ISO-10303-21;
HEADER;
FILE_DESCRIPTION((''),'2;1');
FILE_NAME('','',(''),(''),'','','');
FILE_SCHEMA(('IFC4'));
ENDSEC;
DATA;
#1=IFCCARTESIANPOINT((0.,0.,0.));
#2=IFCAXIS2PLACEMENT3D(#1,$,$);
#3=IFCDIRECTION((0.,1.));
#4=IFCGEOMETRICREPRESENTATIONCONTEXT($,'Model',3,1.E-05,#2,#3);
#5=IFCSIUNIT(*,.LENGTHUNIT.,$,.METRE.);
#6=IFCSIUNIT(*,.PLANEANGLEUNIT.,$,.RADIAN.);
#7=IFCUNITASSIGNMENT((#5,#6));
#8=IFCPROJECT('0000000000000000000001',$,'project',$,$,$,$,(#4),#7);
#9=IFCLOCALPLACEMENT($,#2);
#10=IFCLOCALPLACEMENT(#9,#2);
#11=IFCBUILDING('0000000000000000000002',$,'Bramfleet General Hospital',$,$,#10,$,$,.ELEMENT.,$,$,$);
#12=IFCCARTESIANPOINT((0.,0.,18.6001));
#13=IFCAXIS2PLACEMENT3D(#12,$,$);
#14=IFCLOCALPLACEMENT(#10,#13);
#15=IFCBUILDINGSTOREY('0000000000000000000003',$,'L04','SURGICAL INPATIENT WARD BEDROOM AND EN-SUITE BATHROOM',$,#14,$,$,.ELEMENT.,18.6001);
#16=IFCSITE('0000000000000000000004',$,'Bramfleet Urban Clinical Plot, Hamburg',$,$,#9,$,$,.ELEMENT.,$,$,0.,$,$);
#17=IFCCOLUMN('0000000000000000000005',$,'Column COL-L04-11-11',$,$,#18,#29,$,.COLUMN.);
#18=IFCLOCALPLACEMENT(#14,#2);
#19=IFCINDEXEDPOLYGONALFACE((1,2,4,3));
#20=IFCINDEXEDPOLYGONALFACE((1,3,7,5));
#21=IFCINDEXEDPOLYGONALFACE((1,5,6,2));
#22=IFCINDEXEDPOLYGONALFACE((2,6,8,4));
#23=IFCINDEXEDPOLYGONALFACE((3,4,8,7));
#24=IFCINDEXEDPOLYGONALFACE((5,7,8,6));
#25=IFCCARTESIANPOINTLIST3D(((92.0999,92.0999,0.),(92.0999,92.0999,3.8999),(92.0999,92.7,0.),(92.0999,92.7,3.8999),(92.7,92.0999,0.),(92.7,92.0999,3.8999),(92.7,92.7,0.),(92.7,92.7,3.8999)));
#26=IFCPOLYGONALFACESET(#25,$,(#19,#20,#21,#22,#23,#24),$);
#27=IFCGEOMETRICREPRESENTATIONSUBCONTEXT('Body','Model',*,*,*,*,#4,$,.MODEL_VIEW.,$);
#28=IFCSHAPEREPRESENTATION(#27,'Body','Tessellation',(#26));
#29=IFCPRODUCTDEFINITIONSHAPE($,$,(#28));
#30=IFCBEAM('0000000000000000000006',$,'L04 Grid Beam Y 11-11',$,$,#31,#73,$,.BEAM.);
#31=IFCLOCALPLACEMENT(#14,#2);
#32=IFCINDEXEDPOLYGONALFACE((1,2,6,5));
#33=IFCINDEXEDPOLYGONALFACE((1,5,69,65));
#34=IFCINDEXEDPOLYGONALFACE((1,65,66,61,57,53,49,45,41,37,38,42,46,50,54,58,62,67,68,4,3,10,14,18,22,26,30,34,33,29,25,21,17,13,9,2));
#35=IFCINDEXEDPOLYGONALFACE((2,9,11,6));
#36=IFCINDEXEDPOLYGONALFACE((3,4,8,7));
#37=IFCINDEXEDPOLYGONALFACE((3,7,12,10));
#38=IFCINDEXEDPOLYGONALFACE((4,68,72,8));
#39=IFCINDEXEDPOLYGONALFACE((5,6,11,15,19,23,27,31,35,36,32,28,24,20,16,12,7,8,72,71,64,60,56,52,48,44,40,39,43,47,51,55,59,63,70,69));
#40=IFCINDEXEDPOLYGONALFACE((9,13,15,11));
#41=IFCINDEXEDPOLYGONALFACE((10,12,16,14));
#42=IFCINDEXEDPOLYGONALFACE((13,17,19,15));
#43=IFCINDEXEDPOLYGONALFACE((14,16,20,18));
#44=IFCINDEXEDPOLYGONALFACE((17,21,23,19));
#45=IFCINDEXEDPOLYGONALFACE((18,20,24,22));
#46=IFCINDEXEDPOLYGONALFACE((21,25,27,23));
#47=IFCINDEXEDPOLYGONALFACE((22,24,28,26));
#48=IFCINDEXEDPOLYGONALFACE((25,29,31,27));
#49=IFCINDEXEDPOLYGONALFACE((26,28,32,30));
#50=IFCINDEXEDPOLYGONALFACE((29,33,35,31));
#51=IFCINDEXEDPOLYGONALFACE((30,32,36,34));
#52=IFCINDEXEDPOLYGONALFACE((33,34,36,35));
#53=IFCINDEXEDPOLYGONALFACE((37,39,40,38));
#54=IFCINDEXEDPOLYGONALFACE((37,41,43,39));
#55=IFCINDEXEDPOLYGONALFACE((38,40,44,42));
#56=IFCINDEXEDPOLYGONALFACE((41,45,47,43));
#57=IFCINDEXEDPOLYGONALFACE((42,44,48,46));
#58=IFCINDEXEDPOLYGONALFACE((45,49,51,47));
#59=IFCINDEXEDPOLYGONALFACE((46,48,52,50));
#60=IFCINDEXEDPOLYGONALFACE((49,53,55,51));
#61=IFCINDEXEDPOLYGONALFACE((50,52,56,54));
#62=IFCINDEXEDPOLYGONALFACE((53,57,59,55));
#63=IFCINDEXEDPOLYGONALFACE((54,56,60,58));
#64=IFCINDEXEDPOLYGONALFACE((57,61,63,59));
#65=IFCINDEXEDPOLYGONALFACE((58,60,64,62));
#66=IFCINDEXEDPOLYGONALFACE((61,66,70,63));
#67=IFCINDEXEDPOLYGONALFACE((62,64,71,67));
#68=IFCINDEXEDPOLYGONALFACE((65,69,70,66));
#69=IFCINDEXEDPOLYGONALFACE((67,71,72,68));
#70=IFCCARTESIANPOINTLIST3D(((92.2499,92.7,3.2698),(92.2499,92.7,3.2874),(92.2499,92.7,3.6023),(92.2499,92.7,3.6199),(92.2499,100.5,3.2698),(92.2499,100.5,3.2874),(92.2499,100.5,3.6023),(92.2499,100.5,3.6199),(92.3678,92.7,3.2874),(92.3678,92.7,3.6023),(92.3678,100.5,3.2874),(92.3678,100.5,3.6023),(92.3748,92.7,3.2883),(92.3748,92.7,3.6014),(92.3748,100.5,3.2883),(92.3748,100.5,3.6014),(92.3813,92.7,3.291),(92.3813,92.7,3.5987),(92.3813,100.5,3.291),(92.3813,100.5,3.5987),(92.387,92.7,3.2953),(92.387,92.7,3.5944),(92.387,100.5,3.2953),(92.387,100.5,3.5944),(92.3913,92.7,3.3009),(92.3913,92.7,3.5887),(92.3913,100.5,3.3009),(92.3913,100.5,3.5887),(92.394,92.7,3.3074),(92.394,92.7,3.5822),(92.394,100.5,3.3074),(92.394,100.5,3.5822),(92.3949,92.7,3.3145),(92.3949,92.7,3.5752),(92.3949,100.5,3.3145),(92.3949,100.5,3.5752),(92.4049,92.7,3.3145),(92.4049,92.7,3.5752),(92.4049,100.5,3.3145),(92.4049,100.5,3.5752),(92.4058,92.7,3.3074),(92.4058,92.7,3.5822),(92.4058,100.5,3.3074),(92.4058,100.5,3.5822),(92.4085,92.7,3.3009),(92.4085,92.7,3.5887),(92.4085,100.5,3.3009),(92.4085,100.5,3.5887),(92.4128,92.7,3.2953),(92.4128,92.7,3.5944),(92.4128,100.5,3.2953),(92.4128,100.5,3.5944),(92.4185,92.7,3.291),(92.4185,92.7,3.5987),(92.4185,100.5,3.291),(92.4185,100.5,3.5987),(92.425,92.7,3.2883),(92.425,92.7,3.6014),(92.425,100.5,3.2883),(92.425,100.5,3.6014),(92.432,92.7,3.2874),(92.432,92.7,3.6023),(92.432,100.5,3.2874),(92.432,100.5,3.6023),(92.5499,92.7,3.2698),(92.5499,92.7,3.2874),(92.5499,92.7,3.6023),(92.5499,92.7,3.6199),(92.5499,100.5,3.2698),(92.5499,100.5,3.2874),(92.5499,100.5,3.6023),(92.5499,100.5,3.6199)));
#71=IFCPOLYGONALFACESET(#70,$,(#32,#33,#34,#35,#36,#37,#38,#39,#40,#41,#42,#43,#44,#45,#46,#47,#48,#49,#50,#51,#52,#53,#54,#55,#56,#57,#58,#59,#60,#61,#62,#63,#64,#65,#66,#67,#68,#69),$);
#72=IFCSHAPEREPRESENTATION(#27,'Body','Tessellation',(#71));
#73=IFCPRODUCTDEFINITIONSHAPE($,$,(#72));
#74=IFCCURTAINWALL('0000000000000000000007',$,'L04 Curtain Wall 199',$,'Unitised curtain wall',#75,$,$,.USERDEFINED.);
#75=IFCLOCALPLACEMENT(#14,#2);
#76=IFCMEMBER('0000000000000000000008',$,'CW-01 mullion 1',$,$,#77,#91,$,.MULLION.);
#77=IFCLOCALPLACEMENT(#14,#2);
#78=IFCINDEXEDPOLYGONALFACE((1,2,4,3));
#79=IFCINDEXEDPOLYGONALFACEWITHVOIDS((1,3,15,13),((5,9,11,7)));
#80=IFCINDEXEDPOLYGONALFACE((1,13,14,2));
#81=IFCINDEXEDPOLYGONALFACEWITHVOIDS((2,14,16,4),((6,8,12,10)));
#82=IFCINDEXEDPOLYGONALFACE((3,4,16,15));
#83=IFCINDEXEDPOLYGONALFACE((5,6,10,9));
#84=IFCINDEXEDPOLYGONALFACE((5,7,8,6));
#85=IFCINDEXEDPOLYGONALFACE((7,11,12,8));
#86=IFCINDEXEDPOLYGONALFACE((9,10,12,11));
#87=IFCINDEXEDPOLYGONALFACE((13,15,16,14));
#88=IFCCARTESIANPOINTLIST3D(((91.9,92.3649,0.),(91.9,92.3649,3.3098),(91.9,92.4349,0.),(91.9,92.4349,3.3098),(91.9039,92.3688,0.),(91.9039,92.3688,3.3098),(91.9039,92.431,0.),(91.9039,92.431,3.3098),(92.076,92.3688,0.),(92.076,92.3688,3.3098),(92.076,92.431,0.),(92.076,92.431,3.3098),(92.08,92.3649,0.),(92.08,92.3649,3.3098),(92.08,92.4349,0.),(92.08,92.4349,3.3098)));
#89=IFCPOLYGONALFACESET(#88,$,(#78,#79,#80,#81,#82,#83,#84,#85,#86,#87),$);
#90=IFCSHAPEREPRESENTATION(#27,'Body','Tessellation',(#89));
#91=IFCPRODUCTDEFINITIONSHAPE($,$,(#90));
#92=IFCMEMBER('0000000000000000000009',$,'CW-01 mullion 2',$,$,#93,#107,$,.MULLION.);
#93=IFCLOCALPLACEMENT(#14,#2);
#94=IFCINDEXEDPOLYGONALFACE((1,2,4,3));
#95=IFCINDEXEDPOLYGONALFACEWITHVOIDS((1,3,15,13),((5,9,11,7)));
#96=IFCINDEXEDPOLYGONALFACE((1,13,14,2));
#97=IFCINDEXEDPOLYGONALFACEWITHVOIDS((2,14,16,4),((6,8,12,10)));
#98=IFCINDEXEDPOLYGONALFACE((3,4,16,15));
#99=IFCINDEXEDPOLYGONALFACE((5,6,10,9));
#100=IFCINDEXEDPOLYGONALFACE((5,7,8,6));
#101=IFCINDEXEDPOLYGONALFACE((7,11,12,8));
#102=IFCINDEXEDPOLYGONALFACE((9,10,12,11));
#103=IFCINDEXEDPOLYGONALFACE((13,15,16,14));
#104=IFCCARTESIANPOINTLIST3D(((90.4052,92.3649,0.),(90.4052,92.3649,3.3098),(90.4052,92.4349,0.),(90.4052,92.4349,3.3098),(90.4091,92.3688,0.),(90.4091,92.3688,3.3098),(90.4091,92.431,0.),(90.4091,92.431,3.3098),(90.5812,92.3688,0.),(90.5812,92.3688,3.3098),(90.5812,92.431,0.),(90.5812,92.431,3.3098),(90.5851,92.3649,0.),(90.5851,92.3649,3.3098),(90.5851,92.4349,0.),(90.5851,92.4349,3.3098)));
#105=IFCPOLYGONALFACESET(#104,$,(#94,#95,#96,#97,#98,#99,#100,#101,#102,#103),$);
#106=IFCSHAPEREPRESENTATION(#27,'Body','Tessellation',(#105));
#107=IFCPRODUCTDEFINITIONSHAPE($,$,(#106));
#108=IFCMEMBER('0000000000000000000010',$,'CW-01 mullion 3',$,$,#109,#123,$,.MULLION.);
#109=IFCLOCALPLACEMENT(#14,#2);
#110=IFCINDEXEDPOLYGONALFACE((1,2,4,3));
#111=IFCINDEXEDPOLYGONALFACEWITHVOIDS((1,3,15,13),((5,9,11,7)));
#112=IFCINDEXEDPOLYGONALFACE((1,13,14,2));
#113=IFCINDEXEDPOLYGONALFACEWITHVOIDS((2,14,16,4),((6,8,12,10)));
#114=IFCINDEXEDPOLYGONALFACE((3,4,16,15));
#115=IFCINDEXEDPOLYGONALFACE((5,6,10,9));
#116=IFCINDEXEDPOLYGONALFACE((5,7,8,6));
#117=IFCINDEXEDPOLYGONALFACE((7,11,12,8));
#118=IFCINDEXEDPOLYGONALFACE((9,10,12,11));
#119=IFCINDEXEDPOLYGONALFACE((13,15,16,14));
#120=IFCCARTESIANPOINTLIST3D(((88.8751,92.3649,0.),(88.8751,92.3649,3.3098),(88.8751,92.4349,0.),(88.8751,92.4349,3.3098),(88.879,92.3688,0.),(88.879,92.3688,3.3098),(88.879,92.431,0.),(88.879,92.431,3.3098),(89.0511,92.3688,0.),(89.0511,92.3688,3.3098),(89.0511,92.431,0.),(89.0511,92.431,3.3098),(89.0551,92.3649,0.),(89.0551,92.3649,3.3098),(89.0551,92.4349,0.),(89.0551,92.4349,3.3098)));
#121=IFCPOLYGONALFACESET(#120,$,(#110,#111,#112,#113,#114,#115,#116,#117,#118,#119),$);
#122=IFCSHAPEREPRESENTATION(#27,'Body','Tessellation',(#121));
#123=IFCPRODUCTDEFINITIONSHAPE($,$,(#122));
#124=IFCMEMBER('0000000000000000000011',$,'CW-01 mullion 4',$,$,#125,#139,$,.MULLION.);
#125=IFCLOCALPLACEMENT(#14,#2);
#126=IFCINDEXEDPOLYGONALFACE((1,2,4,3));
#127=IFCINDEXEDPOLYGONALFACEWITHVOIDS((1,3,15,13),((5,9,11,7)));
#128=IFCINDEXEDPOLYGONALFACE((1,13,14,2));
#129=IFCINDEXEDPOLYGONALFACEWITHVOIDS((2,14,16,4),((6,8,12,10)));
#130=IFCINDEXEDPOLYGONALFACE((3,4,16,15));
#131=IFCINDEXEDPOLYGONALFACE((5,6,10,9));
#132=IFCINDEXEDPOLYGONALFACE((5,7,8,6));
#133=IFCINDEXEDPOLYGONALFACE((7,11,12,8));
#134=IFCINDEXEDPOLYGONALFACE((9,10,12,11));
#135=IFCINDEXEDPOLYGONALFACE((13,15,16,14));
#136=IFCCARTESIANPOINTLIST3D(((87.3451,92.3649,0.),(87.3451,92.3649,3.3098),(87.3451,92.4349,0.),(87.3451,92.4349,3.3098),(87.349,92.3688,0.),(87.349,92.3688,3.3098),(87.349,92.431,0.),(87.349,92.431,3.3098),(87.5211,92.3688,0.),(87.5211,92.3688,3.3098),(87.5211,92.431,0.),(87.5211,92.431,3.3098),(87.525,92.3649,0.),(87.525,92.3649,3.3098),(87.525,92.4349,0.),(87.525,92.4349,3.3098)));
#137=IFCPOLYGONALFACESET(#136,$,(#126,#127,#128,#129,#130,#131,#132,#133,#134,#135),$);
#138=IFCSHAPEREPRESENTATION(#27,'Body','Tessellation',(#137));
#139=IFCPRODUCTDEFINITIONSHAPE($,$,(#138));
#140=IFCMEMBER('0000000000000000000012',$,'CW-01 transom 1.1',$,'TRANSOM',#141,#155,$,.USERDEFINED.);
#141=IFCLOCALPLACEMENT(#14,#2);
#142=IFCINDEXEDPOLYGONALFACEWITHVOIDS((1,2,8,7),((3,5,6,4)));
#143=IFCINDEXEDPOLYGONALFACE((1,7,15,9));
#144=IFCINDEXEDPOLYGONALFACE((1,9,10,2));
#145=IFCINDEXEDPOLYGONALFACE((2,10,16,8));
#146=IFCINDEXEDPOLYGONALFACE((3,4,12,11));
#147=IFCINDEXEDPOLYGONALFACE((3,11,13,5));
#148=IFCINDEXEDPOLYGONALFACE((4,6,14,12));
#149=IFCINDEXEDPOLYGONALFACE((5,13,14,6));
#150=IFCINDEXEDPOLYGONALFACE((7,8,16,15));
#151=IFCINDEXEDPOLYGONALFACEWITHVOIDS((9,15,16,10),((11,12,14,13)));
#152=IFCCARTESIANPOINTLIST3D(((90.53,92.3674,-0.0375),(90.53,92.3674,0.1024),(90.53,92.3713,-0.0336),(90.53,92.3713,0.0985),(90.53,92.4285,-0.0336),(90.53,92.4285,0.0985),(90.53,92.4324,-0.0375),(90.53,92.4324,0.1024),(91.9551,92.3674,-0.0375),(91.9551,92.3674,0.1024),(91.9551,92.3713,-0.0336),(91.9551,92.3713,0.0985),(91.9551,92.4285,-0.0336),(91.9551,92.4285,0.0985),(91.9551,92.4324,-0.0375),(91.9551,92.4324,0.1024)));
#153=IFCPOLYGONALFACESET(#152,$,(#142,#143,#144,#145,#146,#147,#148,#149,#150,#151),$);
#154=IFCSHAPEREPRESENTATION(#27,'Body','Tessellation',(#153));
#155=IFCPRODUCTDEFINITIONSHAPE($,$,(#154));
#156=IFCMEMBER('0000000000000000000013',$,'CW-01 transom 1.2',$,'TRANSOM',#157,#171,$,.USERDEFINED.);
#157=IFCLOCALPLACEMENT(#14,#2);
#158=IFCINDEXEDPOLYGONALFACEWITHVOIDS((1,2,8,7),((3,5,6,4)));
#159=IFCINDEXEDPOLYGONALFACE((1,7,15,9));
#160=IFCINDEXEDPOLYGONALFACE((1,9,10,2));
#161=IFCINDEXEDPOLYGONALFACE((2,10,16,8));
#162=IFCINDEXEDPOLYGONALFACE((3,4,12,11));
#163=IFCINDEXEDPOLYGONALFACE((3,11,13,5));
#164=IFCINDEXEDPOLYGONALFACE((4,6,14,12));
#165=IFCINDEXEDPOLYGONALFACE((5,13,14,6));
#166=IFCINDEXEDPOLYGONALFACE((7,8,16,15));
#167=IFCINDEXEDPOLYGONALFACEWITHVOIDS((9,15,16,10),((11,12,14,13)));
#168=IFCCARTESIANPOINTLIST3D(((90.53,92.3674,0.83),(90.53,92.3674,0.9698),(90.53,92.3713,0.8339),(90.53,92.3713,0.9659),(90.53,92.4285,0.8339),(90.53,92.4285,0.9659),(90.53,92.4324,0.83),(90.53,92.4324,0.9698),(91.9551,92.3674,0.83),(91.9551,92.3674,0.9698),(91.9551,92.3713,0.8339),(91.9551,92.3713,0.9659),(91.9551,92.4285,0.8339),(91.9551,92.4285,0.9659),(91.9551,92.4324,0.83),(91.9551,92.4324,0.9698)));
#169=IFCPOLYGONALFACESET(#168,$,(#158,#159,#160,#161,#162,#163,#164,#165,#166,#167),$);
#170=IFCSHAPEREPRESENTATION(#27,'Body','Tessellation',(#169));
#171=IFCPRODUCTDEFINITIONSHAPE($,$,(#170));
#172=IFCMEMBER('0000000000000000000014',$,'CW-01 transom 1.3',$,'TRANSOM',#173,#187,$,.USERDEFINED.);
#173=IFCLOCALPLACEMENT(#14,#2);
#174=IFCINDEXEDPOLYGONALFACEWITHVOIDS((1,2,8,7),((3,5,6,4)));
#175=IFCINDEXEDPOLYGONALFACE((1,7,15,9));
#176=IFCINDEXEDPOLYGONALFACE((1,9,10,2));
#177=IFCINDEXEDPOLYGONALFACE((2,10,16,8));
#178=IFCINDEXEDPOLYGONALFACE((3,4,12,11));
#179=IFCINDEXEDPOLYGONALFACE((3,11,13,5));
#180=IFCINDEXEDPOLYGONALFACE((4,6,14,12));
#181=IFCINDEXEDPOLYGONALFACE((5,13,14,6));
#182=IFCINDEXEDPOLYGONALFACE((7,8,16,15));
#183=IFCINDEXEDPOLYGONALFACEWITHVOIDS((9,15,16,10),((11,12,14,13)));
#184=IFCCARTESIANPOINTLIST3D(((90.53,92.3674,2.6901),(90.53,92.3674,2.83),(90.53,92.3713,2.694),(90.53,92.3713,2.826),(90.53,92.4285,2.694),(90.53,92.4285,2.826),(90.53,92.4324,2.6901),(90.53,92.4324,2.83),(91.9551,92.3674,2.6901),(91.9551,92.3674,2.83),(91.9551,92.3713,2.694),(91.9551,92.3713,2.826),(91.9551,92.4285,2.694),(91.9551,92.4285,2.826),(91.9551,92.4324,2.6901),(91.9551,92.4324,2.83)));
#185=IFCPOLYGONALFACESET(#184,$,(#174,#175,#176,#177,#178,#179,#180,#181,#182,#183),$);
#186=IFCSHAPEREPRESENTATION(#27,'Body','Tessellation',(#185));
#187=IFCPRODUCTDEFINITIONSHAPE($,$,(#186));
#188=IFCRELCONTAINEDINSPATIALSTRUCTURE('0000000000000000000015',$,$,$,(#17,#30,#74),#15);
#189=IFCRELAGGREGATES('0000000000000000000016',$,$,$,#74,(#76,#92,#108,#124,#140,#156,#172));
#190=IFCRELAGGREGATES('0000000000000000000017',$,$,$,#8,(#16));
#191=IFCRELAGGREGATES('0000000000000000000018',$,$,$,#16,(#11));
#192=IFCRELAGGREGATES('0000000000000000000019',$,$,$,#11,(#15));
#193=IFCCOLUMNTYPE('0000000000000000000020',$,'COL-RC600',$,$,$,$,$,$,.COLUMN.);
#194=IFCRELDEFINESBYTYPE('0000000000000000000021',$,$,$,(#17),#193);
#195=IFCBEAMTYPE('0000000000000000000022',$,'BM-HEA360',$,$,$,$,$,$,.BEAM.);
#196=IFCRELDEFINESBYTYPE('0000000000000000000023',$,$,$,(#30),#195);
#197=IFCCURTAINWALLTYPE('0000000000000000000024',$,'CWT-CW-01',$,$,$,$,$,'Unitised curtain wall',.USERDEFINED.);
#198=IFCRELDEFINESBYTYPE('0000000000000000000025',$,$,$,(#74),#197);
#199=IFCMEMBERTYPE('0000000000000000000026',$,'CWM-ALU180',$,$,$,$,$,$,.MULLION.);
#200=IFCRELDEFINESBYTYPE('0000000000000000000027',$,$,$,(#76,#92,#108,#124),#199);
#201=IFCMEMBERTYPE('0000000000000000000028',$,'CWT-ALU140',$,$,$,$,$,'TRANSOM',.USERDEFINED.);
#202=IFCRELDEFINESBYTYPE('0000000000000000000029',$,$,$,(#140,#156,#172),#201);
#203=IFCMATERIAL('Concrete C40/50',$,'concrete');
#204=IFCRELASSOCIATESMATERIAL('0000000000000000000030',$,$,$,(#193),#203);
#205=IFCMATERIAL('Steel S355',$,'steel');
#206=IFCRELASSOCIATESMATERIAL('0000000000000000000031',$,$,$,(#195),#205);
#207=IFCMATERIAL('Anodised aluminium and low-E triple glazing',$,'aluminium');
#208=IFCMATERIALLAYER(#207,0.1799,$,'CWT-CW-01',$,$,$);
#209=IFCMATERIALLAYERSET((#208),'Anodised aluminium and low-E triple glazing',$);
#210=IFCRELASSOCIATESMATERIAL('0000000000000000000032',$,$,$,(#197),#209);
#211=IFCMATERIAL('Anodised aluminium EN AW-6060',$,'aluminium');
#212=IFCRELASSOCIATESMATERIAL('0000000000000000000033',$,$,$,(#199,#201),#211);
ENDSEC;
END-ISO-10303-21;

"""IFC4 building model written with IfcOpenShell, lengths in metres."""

from ifc_helpers import new_model, si_unit, direction, frame, origin, origin_2d, place, context, subcontext, project, spatial, rectangle, hollow_rectangle, i_section, extrude, material, layer, layer_set, material_profile, profile_set, type_object, element, aggregate, save


model = new_model("IFC4")

# Units and contexts
model_context = context("Model", 3, precision=1e-05, world=origin(), true_north=direction((0.0, 1.0)))
body_context = subcontext(model_context, "Body", "Model", "MODEL_VIEW")
ifc_project = project(units=[si_unit("LENGTHUNIT", "METRE"), si_unit("PLANEANGLEUNIT", "RADIAN")], contexts=[model_context])

# Site, building, storey
site_placement = place(None, origin())
site = spatial("IfcSite", under=ifc_project, at=site_placement, Name="Bramfleet Urban Clinical Plot, Hamburg", CompositionType="ELEMENT", RefElevation=0.0)
building_placement = place(site_placement, origin())
building = spatial("IfcBuilding", under=site, at=building_placement, Name="Bramfleet General Hospital", CompositionType="ELEMENT")
storey_placement = place(building_placement, frame((0.0, 0.0, 18.6001)))
storey = spatial("IfcBuildingStorey", under=building, at=storey_placement, Name="L04", Description="SURGICAL INPATIENT WARD BEDROOM AND EN-SUITE BATHROOM", CompositionType="ELEMENT", Elevation=18.6001)

# Column
ifc_material_1 = material(Name="Concrete C40/50", Category="concrete")
ifc_material_profile_1 = material_profile(ifc_material_1, rectangle(XDim=0.6001, YDim=0.6001, at=origin_2d()), Name="RC COL 600x600")
ifc_profile_set_1 = profile_set([ifc_material_profile_1], Name="Concrete C40/50")
column_type = type_object("IfcColumnType", Name="COL-RC600", PredefinedType="COLUMN", material=ifc_profile_set_1)
column_placement = place(storey_placement, frame((92.3999, 92.3999, 0.0), z_axis=(0.0, 0.0, 1.0), x_axis=(1.0, 0.0, 0.0)))
element("IfcColumn", 1, at=column_placement, inside=storey, type_object=column_type, Name="Column COL-L04-11-11", PredefinedType="COLUMN", context=body_context, shape_type="SweptSolid", body=[
    extrude(rectangle(XDim=0.6001, YDim=0.6001, at=origin_2d()), origin(), (0.0, 0.0, 1.0), 3.8999),
])

# Beam
ifc_material_2 = material(Name="Steel S355", Category="steel")
ifc_material_profile_2 = material_profile(ifc_material_2, i_section(OverallWidth=0.3, OverallDepth=0.3501, WebThickness=0.01, FlangeThickness=0.0176, FilletRadius=0.0271, at=origin_2d()), Name="HEA 360")
ifc_profile_set_2 = profile_set([ifc_material_profile_2], Name="Steel S355")
beam_type = type_object("IfcBeamType", Name="BM-HEA360", PredefinedType="BEAM", material=ifc_profile_set_2)
beam_placement = place(storey_placement, frame((92.3999, 92.7, 3.4448), z_axis=(0.0, 1.0, 0.0), x_axis=(-1.0, 0.0, 0.0)))
element("IfcBeam", 2, at=beam_placement, inside=storey, type_object=beam_type, Name="L04 Grid Beam Y 11-11", PredefinedType="BEAM", context=body_context, shape_type="SweptSolid", body=[
    extrude(i_section(OverallWidth=0.3, OverallDepth=0.3501, WebThickness=0.01, FlangeThickness=0.0176, FilletRadius=0.0271, at=origin_2d()), origin(), (0.0, 0.0, 1.0), 7.8),
])

# Curtain wall, members
ifc_material_3 = material(Name="Anodised aluminium and low-E triple glazing", Category="aluminium")
ifc_layer_1 = layer(ifc_material_3, 0.1799, Name="CWT-CW-01")
ifc_layer_set_1 = layer_set([ifc_layer_1], Name="Anodised aluminium and low-E triple glazing")
curtain_wall_type = type_object("IfcCurtainWallType", Name="CWT-CW-01", ElementType="Unitised curtain wall", PredefinedType="USERDEFINED", material=ifc_layer_set_1)
curtain_wall_placement = place(storey_placement, origin())
curtain_wall = element("IfcCurtainWall", 3, at=curtain_wall_placement, inside=storey, type_object=curtain_wall_type, Name="L04 Curtain Wall 199", ObjectType="Unitised curtain wall", PredefinedType="USERDEFINED")
ifc_material_4 = material(Name="Anodised aluminium EN AW-6060", Category="aluminium")
ifc_material_profile_3 = material_profile(ifc_material_4, hollow_rectangle(XDim=0.0701, YDim=0.1799, WallThickness=0.0039, at=origin_2d()), Name="ALU 180x70x4.0")
ifc_profile_set_3 = profile_set([ifc_material_profile_3], Name="Anodised aluminium EN AW-6060")
member_type_1 = type_object("IfcMemberType", Name="CWM-ALU180", PredefinedType="MULLION", material=ifc_profile_set_3)
member_1_placement = place(storey_placement, frame((91.99, 92.3999, 0.0), z_axis=(0.0, 0.0, 1.0), x_axis=(0.0, -1.0, 0.0)))
member_1 = element("IfcMember", 4, at=member_1_placement, type_object=member_type_1, Name="CW-01 mullion 1", PredefinedType="MULLION", context=body_context, shape_type="SweptSolid", body=[
    extrude(hollow_rectangle(XDim=0.0701, YDim=0.1799, WallThickness=0.0039, at=origin_2d()), origin(), (0.0, 0.0, 1.0), 3.3098),
])
member_2_placement = place(storey_placement, frame((90.4951, 92.3999, 0.0), z_axis=(0.0, 0.0, 1.0), x_axis=(0.0, -1.0, 0.0)))
member_2 = element("IfcMember", 5, at=member_2_placement, type_object=member_type_1, Name="CW-01 mullion 2", PredefinedType="MULLION", context=body_context, shape_type="SweptSolid", body=[
    extrude(hollow_rectangle(XDim=0.0701, YDim=0.1799, WallThickness=0.0039, at=origin_2d()), origin(), (0.0, 0.0, 1.0), 3.3098),
])
member_3_placement = place(storey_placement, frame((88.9651, 92.3999, 0.0), z_axis=(0.0, 0.0, 1.0), x_axis=(0.0, -1.0, 0.0)))
member_3 = element("IfcMember", 6, at=member_3_placement, type_object=member_type_1, Name="CW-01 mullion 3", PredefinedType="MULLION", context=body_context, shape_type="SweptSolid", body=[
    extrude(hollow_rectangle(XDim=0.0701, YDim=0.1799, WallThickness=0.0039, at=origin_2d()), origin(), (0.0, 0.0, 1.0), 3.3098),
])
member_4_placement = place(storey_placement, frame((87.4351, 92.3999, 0.0), z_axis=(0.0, 0.0, 1.0), x_axis=(0.0, -1.0, 0.0)))
member_4 = element("IfcMember", 7, at=member_4_placement, type_object=member_type_1, Name="CW-01 mullion 4", PredefinedType="MULLION", context=body_context, shape_type="SweptSolid", body=[
    extrude(hollow_rectangle(XDim=0.0701, YDim=0.1799, WallThickness=0.0039, at=origin_2d()), origin(), (0.0, 0.0, 1.0), 3.3098),
])
ifc_material_profile_4 = material_profile(ifc_material_4, hollow_rectangle(XDim=0.0649, YDim=0.1399, WallThickness=0.0039, at=origin_2d()), Name="ALU 140x65x4.0")
ifc_profile_set_4 = profile_set([ifc_material_profile_4], Name="Anodised aluminium EN AW-6060")
member_type_2 = type_object("IfcMemberType", Name="CWT-ALU140", ElementType="TRANSOM", PredefinedType="USERDEFINED", material=ifc_profile_set_4)
member_5_placement = place(storey_placement, frame((91.9551, 92.3999, 0.0325), z_axis=(-1.0, 0.0, 0.0), x_axis=(0.0, -1.0, 0.0)))
member_5 = element("IfcMember", 8, at=member_5_placement, type_object=member_type_2, Name="CW-01 transom 1.1", ObjectType="TRANSOM", PredefinedType="USERDEFINED", context=body_context, shape_type="SweptSolid", body=[
    extrude(hollow_rectangle(XDim=0.0649, YDim=0.1399, WallThickness=0.0039, at=origin_2d()), origin(), (0.0, 0.0, 1.0), 1.425),
])
member_6_placement = place(storey_placement, frame((91.9551, 92.3999, 0.8999), z_axis=(-1.0, 0.0, 0.0), x_axis=(0.0, -1.0, 0.0)))
member_6 = element("IfcMember", 9, at=member_6_placement, type_object=member_type_2, Name="CW-01 transom 1.2", ObjectType="TRANSOM", PredefinedType="USERDEFINED", context=body_context, shape_type="SweptSolid", body=[
    extrude(hollow_rectangle(XDim=0.0649, YDim=0.1399, WallThickness=0.0039, at=origin_2d()), origin(), (0.0, 0.0, 1.0), 1.425),
])
member_7_placement = place(storey_placement, frame((91.9551, 92.3999, 2.76), z_axis=(-1.0, 0.0, 0.0), x_axis=(0.0, -1.0, 0.0)))
member_7 = element("IfcMember", 10, at=member_7_placement, type_object=member_type_2, Name="CW-01 transom 1.3", ObjectType="TRANSOM", PredefinedType="USERDEFINED", context=body_context, shape_type="SweptSolid", body=[
    extrude(hollow_rectangle(XDim=0.0649, YDim=0.1399, WallThickness=0.0039, at=origin_2d()), origin(), (0.0, 0.0, 1.0), 1.425),
])
aggregate(curtain_wall, [member_1, member_2, member_3, member_4, member_5, member_6, member_7])

save(model, "model.ifc")
